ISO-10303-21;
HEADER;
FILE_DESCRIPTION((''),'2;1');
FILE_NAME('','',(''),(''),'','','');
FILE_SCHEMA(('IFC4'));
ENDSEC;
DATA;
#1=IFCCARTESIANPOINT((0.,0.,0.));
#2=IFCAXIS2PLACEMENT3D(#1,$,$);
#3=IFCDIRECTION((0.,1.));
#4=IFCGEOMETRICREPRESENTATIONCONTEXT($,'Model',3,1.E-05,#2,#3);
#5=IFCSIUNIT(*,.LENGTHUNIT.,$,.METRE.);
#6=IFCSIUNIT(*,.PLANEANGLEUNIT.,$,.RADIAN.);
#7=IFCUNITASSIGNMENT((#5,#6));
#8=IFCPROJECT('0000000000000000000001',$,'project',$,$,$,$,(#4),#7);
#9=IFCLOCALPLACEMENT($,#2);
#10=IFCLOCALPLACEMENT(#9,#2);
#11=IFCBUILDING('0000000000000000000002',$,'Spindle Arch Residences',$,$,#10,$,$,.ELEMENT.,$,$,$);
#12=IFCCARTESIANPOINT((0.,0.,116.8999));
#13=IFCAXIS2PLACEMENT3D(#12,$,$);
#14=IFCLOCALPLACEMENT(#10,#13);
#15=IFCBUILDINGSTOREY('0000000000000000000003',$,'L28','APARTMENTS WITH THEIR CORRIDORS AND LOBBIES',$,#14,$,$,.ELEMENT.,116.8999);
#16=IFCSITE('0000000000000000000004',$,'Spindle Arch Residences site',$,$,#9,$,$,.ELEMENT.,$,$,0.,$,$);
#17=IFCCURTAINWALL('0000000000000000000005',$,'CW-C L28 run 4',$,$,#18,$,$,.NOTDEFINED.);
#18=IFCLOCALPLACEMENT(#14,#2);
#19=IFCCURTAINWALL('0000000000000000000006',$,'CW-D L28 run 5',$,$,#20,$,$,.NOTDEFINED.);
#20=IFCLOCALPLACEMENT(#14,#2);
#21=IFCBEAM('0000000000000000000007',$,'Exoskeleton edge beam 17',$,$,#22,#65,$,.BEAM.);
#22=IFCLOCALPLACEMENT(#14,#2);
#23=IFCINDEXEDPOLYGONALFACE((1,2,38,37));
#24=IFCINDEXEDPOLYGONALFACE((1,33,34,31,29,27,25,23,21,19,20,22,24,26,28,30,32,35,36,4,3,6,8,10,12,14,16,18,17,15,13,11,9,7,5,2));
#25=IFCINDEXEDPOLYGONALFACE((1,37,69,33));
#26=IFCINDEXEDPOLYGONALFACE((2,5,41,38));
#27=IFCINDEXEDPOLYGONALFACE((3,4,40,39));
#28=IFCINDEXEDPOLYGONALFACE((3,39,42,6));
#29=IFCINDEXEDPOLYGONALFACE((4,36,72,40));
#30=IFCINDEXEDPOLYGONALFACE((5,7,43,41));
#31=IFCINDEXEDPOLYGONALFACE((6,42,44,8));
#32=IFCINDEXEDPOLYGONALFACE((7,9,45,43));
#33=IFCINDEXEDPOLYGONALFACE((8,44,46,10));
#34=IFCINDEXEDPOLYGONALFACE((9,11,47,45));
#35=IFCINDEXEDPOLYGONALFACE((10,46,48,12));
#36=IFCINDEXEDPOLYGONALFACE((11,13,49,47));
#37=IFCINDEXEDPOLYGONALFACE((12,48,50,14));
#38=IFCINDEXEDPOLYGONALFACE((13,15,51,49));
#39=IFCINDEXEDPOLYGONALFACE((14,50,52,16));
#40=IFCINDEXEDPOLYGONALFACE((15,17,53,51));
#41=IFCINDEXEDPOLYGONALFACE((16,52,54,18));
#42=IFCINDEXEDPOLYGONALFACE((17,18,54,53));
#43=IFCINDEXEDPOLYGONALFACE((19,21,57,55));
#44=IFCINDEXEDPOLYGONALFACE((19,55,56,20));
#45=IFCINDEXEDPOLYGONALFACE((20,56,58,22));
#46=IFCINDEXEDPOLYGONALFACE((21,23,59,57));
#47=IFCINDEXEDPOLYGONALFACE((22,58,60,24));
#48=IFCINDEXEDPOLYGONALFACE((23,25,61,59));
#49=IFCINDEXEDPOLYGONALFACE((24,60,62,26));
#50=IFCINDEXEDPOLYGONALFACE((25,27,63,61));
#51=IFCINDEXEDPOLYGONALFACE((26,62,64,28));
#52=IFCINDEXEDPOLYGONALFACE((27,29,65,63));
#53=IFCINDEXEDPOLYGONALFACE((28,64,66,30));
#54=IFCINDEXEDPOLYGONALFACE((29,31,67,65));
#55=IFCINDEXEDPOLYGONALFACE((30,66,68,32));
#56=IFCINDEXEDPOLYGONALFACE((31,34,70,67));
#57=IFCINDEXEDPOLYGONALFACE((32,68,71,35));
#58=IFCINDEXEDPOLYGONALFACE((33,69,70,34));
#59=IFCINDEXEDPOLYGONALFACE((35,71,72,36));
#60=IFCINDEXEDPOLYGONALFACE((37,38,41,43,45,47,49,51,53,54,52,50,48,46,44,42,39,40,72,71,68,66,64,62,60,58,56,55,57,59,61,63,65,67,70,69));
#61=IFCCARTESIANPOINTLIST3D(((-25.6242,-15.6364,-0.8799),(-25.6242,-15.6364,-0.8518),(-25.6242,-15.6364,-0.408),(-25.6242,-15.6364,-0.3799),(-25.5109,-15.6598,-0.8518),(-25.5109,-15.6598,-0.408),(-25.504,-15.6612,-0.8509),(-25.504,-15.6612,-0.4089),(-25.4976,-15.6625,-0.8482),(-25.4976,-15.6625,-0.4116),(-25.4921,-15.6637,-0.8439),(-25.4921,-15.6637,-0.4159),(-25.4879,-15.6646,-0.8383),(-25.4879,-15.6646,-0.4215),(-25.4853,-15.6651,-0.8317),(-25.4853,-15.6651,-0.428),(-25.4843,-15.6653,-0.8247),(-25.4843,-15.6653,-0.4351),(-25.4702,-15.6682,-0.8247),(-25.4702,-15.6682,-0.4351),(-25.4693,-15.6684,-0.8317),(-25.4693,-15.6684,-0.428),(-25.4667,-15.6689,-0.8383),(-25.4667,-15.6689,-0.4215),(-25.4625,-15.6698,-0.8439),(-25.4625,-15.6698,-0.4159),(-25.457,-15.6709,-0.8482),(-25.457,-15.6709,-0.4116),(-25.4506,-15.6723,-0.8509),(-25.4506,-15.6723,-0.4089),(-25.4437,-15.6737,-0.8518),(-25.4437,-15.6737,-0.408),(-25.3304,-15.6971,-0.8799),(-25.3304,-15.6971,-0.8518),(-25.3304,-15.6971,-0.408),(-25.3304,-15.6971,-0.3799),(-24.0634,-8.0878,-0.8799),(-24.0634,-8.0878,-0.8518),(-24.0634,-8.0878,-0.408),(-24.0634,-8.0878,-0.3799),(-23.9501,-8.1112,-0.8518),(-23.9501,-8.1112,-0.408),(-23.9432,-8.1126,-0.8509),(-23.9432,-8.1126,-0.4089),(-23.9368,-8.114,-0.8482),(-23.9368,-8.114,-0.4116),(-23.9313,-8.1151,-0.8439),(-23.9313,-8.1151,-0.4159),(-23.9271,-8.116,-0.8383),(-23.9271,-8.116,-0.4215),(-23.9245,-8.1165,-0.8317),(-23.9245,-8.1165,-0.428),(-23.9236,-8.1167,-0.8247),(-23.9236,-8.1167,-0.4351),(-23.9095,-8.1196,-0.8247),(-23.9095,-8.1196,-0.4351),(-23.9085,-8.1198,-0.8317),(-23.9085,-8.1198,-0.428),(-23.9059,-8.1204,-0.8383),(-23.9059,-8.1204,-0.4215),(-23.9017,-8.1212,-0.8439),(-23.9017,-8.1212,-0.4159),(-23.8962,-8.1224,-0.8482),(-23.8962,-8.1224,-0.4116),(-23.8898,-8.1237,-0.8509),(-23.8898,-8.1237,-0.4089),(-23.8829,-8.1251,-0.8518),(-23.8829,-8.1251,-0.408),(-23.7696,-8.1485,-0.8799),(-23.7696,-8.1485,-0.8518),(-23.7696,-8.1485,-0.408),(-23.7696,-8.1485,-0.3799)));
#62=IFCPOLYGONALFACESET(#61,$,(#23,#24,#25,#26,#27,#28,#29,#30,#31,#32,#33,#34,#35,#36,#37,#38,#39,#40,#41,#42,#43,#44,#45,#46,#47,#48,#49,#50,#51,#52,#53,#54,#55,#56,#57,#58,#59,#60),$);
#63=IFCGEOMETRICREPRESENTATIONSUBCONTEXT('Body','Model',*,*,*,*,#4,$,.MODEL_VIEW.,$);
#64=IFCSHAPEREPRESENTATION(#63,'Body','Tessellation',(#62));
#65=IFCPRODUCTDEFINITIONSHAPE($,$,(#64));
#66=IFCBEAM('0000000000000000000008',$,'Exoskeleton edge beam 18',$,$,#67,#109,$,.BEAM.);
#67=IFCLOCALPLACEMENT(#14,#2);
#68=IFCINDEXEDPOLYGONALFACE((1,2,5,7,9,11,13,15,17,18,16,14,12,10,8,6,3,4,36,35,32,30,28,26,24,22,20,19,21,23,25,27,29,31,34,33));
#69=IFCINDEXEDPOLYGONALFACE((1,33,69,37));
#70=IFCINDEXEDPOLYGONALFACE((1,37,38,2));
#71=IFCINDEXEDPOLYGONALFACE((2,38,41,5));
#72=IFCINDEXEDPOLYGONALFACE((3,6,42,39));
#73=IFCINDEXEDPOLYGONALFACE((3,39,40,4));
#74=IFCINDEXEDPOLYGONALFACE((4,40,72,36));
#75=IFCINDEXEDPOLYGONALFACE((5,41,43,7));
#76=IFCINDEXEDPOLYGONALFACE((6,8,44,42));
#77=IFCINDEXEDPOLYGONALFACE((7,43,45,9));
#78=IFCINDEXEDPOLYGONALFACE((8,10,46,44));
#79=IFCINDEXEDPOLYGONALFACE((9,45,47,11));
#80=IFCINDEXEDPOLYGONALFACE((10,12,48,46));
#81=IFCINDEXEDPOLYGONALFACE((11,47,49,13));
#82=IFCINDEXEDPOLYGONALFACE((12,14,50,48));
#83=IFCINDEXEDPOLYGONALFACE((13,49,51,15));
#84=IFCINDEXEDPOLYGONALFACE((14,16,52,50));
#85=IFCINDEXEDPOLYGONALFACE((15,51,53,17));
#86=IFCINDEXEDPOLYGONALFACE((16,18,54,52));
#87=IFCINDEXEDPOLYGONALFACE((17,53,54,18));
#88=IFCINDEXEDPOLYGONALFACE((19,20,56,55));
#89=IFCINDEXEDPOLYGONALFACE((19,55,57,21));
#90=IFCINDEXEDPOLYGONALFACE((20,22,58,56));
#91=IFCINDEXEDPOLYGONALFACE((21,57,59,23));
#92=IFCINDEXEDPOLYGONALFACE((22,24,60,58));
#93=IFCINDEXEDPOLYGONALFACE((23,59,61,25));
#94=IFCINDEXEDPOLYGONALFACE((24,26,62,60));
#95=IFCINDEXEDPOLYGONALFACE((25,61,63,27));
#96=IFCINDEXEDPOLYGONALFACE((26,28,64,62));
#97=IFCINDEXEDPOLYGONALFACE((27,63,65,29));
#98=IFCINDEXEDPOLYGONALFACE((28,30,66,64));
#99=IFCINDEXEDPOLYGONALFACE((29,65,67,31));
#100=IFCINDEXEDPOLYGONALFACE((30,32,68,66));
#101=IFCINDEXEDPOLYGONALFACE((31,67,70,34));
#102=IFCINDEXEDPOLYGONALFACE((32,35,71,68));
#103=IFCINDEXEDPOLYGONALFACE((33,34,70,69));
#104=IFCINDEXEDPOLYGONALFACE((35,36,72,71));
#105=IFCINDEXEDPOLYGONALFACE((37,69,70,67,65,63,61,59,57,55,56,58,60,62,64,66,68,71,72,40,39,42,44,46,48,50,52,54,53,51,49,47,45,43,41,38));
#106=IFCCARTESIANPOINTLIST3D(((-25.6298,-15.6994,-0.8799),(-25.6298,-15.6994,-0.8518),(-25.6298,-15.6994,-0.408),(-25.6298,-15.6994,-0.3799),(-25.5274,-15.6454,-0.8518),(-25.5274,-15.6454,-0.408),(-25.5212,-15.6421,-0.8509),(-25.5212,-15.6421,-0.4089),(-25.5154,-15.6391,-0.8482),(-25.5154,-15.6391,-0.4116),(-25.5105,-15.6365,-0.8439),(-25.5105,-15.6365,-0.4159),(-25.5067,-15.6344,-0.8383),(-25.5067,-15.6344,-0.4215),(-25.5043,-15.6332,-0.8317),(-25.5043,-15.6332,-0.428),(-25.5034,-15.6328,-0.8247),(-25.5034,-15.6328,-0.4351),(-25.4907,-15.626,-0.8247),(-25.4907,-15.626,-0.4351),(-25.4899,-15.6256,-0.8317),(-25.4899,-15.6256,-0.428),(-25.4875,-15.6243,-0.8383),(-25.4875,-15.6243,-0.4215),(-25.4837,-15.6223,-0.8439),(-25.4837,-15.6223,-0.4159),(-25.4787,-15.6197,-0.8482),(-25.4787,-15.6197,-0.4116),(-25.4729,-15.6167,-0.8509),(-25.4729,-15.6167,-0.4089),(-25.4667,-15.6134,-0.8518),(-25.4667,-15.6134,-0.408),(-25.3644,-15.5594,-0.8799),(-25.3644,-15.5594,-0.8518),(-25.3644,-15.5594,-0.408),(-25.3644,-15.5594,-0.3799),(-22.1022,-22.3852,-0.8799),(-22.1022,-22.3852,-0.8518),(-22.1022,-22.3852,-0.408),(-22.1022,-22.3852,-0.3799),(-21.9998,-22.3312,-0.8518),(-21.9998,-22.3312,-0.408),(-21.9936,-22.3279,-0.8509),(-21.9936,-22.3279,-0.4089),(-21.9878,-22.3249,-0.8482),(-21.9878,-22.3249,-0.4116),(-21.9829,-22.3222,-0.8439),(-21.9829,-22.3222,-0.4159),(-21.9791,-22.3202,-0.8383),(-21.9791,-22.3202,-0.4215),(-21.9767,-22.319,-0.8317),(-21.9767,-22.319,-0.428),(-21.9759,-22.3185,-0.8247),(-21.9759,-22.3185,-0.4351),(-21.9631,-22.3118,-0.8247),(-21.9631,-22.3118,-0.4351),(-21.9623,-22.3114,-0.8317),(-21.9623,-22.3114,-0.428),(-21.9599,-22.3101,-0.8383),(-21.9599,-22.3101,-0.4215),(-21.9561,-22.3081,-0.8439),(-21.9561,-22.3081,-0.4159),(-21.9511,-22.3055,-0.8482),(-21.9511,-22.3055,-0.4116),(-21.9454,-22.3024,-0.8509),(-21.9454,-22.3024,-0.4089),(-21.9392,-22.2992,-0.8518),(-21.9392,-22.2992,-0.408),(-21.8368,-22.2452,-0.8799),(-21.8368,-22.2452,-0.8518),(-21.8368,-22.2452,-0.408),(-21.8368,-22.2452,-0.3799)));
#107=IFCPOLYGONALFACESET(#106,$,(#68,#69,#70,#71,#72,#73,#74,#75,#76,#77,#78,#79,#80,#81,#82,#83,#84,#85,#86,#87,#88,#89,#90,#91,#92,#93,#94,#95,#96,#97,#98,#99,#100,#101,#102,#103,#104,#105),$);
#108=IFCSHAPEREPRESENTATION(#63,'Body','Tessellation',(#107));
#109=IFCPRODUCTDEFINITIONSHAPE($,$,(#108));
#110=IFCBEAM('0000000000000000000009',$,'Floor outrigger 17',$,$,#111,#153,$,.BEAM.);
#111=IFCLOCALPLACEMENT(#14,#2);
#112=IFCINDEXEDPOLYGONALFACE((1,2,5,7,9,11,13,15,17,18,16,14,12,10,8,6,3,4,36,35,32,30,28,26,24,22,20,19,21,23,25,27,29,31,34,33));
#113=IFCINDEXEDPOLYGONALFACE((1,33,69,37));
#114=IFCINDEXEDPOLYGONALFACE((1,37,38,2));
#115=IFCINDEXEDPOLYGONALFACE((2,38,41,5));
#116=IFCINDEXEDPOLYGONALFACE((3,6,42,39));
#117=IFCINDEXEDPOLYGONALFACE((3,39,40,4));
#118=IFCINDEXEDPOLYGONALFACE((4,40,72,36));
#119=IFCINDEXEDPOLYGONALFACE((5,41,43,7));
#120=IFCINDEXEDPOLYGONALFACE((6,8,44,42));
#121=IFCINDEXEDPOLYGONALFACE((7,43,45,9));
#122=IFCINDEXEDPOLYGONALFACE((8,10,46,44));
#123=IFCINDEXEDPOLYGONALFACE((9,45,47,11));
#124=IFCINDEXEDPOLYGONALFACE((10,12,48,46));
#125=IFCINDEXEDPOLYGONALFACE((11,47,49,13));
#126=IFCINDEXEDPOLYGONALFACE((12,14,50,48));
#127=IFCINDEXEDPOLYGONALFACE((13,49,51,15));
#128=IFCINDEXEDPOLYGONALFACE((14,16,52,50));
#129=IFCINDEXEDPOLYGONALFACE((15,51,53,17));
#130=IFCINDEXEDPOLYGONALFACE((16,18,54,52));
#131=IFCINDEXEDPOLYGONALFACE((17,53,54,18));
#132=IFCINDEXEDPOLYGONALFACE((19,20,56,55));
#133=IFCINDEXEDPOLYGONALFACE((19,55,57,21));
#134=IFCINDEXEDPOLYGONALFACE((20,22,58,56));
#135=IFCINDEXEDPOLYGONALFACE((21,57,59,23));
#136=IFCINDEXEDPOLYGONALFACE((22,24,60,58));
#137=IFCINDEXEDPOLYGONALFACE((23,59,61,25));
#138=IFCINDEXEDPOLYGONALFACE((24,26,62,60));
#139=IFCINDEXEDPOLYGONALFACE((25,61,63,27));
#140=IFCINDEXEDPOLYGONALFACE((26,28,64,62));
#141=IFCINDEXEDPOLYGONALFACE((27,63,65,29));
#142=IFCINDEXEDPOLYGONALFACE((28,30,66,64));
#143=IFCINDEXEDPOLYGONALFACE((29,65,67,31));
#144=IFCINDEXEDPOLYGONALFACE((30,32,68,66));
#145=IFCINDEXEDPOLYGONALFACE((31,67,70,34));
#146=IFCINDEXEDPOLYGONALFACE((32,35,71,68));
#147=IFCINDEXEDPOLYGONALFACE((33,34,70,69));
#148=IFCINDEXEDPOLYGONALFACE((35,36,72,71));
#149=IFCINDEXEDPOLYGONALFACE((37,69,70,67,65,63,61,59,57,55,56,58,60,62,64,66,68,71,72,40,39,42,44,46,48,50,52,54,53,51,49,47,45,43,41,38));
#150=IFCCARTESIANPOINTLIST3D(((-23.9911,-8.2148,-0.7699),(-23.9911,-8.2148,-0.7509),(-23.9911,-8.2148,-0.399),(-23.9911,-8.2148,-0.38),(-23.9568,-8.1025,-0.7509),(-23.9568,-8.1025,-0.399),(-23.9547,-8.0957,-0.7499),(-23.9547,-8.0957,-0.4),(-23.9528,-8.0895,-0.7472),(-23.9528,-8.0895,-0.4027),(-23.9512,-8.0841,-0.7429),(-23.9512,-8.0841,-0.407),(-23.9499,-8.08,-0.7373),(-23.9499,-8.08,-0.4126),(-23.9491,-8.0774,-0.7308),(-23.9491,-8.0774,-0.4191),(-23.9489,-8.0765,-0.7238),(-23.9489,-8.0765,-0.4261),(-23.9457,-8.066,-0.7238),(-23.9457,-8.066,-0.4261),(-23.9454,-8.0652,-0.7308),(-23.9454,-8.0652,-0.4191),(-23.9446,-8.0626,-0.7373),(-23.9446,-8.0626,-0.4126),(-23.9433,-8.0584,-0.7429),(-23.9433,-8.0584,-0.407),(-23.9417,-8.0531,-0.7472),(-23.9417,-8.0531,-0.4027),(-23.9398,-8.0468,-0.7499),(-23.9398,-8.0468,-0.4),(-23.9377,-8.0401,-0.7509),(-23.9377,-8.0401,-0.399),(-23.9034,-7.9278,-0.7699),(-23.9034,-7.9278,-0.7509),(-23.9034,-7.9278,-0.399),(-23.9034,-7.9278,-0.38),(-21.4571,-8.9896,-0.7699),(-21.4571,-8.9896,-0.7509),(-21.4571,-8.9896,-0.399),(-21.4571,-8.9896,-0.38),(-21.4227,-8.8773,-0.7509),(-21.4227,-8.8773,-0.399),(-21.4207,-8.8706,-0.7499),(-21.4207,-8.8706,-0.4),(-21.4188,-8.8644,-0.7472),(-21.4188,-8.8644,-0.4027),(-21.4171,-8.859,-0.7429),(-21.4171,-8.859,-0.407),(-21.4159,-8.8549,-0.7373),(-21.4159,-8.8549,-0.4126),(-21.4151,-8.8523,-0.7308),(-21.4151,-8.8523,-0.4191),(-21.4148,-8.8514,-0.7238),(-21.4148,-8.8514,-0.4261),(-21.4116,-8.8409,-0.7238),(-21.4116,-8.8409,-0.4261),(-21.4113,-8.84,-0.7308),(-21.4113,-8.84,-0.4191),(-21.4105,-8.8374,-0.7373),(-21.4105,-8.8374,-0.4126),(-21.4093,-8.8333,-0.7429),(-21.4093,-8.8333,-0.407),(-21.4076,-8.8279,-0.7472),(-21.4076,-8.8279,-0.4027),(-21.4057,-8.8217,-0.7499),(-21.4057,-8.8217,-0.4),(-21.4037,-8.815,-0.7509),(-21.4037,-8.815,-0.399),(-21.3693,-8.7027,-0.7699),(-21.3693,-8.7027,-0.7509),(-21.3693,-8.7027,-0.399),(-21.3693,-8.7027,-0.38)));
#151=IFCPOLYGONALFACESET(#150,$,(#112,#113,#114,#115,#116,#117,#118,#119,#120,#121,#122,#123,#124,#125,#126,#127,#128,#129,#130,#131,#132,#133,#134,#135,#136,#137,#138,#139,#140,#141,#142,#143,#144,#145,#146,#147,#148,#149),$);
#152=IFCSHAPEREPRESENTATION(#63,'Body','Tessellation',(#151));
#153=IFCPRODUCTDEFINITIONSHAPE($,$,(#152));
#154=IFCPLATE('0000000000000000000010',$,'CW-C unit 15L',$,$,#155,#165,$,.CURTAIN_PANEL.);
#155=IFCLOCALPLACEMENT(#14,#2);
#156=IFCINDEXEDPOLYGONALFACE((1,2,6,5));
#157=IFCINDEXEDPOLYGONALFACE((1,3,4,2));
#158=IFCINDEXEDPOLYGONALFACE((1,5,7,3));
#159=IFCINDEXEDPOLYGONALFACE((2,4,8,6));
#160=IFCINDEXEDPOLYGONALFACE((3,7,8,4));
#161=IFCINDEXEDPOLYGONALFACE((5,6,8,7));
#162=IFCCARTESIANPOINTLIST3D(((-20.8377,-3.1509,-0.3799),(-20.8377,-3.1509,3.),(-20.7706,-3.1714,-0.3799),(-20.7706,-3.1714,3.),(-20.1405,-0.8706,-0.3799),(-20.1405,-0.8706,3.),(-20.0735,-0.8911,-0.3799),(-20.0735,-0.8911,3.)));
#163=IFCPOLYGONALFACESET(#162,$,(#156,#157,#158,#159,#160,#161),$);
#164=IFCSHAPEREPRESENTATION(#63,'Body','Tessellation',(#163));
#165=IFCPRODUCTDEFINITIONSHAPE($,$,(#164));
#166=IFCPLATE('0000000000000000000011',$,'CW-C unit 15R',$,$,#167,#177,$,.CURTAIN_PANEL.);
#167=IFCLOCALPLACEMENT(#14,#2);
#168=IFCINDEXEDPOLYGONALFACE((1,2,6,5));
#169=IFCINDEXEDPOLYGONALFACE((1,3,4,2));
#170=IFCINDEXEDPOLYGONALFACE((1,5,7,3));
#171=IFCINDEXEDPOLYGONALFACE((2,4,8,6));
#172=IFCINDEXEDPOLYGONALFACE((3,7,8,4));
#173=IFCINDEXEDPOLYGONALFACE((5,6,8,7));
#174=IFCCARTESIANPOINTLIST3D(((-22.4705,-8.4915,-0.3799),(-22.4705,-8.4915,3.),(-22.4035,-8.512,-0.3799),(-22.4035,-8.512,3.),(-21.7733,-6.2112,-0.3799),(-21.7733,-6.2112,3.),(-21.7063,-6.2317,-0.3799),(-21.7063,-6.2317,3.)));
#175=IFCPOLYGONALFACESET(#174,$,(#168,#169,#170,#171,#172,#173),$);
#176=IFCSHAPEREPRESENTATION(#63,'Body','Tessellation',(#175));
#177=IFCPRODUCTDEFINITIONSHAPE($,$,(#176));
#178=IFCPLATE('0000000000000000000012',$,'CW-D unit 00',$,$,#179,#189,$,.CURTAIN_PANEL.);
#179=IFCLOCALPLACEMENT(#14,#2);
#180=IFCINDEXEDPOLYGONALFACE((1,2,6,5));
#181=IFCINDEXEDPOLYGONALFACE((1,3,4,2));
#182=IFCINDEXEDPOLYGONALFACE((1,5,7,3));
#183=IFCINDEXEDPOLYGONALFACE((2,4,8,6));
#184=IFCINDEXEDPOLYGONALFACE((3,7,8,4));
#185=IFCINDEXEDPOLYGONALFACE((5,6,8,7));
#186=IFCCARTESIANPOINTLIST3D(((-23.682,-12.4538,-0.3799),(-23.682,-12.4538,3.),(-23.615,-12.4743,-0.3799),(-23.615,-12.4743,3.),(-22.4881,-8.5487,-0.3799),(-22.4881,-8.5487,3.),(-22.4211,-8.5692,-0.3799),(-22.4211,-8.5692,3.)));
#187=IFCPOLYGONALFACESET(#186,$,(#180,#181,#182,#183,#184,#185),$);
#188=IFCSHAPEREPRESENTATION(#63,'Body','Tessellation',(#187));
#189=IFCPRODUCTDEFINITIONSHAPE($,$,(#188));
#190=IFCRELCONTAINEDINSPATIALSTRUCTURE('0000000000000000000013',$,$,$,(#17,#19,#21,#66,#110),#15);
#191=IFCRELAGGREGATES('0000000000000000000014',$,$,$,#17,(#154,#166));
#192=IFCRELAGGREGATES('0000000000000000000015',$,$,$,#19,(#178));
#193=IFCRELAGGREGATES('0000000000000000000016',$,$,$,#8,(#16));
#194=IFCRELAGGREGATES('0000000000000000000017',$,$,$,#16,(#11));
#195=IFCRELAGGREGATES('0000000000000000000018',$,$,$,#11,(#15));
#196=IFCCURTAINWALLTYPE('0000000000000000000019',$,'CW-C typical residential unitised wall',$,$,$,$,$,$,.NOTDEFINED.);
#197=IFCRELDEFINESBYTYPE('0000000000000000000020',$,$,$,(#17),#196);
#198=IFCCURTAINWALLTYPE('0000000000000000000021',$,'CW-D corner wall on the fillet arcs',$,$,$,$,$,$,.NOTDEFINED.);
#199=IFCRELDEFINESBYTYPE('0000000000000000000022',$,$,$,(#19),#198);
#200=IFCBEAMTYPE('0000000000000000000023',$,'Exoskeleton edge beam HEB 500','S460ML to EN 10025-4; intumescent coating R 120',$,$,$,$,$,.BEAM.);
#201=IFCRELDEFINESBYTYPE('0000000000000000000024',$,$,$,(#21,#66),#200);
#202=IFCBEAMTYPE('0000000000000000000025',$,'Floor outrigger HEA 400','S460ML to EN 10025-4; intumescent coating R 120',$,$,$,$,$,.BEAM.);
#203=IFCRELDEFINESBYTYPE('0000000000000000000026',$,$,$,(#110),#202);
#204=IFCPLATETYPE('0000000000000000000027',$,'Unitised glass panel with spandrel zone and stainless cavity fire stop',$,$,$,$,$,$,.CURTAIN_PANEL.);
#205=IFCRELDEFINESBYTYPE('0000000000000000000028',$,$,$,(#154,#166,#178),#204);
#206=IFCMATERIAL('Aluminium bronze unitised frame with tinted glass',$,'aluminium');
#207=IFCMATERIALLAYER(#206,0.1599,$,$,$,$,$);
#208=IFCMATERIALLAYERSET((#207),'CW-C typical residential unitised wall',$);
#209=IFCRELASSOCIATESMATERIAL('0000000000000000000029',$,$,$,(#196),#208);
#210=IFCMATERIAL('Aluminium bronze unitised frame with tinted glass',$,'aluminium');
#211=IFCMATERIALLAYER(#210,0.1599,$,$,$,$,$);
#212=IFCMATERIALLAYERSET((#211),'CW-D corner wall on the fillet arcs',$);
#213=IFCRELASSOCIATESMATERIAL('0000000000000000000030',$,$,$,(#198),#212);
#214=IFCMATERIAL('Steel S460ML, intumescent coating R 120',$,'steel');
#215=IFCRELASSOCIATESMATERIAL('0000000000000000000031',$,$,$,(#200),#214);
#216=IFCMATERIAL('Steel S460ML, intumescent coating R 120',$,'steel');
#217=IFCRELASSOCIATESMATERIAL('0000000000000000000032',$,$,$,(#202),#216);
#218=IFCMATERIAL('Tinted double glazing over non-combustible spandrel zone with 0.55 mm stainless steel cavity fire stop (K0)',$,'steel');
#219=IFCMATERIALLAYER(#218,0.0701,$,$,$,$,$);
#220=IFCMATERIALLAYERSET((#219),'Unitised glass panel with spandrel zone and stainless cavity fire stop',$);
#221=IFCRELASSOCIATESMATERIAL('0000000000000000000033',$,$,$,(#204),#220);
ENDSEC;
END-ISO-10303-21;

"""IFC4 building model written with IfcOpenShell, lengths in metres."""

from ifc_helpers import new_model, si_unit, direction, frame, origin, origin_2d, place, context, subcontext, project, spatial, rectangle, i_section, extrude, material, layer, layer_set, material_profile, profile_set, type_object, element, aggregate, save


model = new_model("IFC4")

# Units and contexts
model_context = context("Model", 3, precision=1e-05, world=origin(), true_north=direction((0.0, 1.0)))
body_context = subcontext(model_context, "Body", "Model", "MODEL_VIEW")
ifc_project = project(units=[si_unit("LENGTHUNIT", "METRE"), si_unit("PLANEANGLEUNIT", "RADIAN")], contexts=[model_context])

# Site, building, storey
site_placement = place(None, origin())
site = spatial("IfcSite", under=ifc_project, at=site_placement, Name="Spindle Arch Residences site", CompositionType="ELEMENT", RefElevation=0.0)
building_placement = place(site_placement, origin())
building = spatial("IfcBuilding", under=site, at=building_placement, Name="Spindle Arch Residences", CompositionType="ELEMENT")
storey_placement = place(building_placement, frame((0.0, 0.0, 116.8999)))
storey = spatial("IfcBuildingStorey", under=building, at=storey_placement, Name="L28", Description="APARTMENTS WITH THEIR CORRIDORS AND LOBBIES", CompositionType="ELEMENT", Elevation=116.8999)

# Curtain wall
ifc_material_1 = material(Name="Aluminium bronze unitised frame with tinted glass", Category="aluminium")
ifc_layer_1 = layer(ifc_material_1, 0.1599)
ifc_layer_set_1 = layer_set([ifc_layer_1], Name="CW-C typical residential unitised wall")
curtain_wall_type_1 = type_object("IfcCurtainWallType", Name="CW-C typical residential unitised wall", PredefinedType="NOTDEFINED", material=ifc_layer_set_1)
curtain_wall_1_placement = place(storey_placement, origin())
curtain_wall_1 = element("IfcCurtainWall", 1, at=curtain_wall_1_placement, inside=storey, type_object=curtain_wall_type_1, Name="CW-C L28 run 4", PredefinedType="NOTDEFINED")

# Curtain wall
ifc_material_2 = material(Name="Aluminium bronze unitised frame with tinted glass", Category="aluminium")
ifc_layer_2 = layer(ifc_material_2, 0.1599)
ifc_layer_set_2 = layer_set([ifc_layer_2], Name="CW-D corner wall on the fillet arcs")
curtain_wall_type_2 = type_object("IfcCurtainWallType", Name="CW-D corner wall on the fillet arcs", PredefinedType="NOTDEFINED", material=ifc_layer_set_2)
curtain_wall_2_placement = place(storey_placement, origin())
curtain_wall_2 = element("IfcCurtainWall", 2, at=curtain_wall_2_placement, inside=storey, type_object=curtain_wall_type_2, Name="CW-D L28 run 5", PredefinedType="NOTDEFINED")

# Beams
ifc_material_3 = material(Name="Steel S460ML, intumescent coating R 120", Category="steel")
ifc_material_profile_1 = material_profile(ifc_material_3, i_section(OverallWidth=0.3, OverallDepth=0.5, WebThickness=0.0144, FlangeThickness=0.0281, FilletRadius=0.0271, at=origin_2d()), Name="HEB 500")
ifc_profile_set_1 = profile_set([ifc_material_profile_1], Name="Steel S460ML, intumescent coating R 120")
beam_type_1 = type_object("IfcBeamType", Name="Exoskeleton edge beam HEB 500", Description="S460ML to EN 10025-4; intumescent coating R 120", PredefinedType="BEAM", material=ifc_profile_set_1)
beam_1_placement = place(storey_placement, frame((-23.9165, -8.1182, -0.6299), z_axis=(-0.202483, -0.979286, 0.0), x_axis=(0.979286, -0.202483, 0.0)))
element("IfcBeam", 3, at=beam_1_placement, inside=storey, type_object=beam_type_1, Name="Exoskeleton edge beam 17", PredefinedType="BEAM", context=body_context, shape_type="SweptSolid", body=[
    extrude(i_section(OverallWidth=0.3, OverallDepth=0.5, WebThickness=0.0144, FlangeThickness=0.0281, FilletRadius=0.0271, at=origin_2d()), origin(), (0.0, 0.0, 1.0), 7.7083),
])
beam_2_placement = place(storey_placement, frame((-25.4971, -15.6294, -0.6299), z_axis=(0.466653, -0.884441, 0.0), x_axis=(0.884441, 0.466653, 0.0)))
element("IfcBeam", 4, at=beam_2_placement, inside=storey, type_object=beam_type_1, Name="Exoskeleton edge beam 18", PredefinedType="BEAM", context=body_context, shape_type="SweptSolid", body=[
    extrude(i_section(OverallWidth=0.3, OverallDepth=0.5, WebThickness=0.0144, FlangeThickness=0.0281, FilletRadius=0.0271, at=origin_2d()), origin(), (0.0, 0.0, 1.0), 7.5593),
])
ifc_material_4 = material(Name="Steel S460ML, intumescent coating R 120", Category="steel")
ifc_material_profile_2 = material_profile(ifc_material_4, i_section(OverallWidth=0.3, OverallDepth=0.3899, WebThickness=0.011, FlangeThickness=0.019, FilletRadius=0.0271, at=origin_2d()), Name="HEA 400")
ifc_profile_set_2 = profile_set([ifc_material_profile_2], Name="Steel S460ML, intumescent coating R 120")
beam_type_2 = type_object("IfcBeamType", Name="Floor outrigger HEA 400", Description="S460ML to EN 10025-4; intumescent coating R 120", PredefinedType="BEAM", material=ifc_profile_set_2)
beam_3_placement = place(storey_placement, frame((-23.9473, -8.0713, -0.575), z_axis=(0.956291, -0.292415, 0.0), x_axis=(0.292415, 0.956291, 0.0)))
element("IfcBeam", 5, at=beam_3_placement, inside=storey, type_object=beam_type_2, Name="Floor outrigger 17", PredefinedType="BEAM", context=body_context, shape_type="SweptSolid", body=[
    extrude(i_section(OverallWidth=0.3, OverallDepth=0.3899, WebThickness=0.011, FlangeThickness=0.019, FilletRadius=0.0271, at=origin_2d()), origin(), (0.0, 0.0, 1.0), 2.6499),
])

# Plates
ifc_material_5 = material(Name="Tinted double glazing over non-combustible spandrel zone with 0.55 mm stainless steel cavity fire stop (K0)", Category="steel")
ifc_layer_3 = layer(ifc_material_5, 0.0701)
ifc_layer_set_3 = layer_set([ifc_layer_3], Name="Unitised glass panel with spandrel zone and stainless cavity fire stop")
plate_type = type_object("IfcPlateType", Name="Unitised glass panel with spandrel zone and stainless cavity fire stop", PredefinedType="CURTAIN_PANEL", material=ifc_layer_set_3)
plate_1_placement = place(storey_placement, frame((-20.4556, -2.021, -0.3799), z_axis=(0.0, 0.0, 1.0), x_axis=(-0.292372, -0.956305, 0.0)))
plate_1 = element("IfcPlate", 6, at=plate_1_placement, type_object=plate_type, Name="CW-C unit 15L", PredefinedType="CURTAIN_PANEL", context=body_context, shape_type="SweptSolid", body=[
    extrude(rectangle(XDim=2.3845, YDim=0.0701, at=origin_2d()), origin(), (0.0, 0.0, 1.0), 3.3799),
])
plate_2_placement = place(storey_placement, frame((-22.0884, -7.3616, -0.3799), z_axis=(0.0, 0.0, 1.0), x_axis=(-0.292372, -0.956305, 0.0)))
plate_2 = element("IfcPlate", 7, at=plate_2_placement, type_object=plate_type, Name="CW-C unit 15R", PredefinedType="CURTAIN_PANEL", context=body_context, shape_type="SweptSolid", body=[
    extrude(rectangle(XDim=2.3845, YDim=0.0701, at=origin_2d()), origin(), (0.0, 0.0, 1.0), 3.3799),
])
aggregate(curtain_wall_1, [plate_1, plate_2])
plate_3_placement = place(storey_placement, frame((-23.0515, -10.5115, -0.3799), z_axis=(0.0, 0.0, 1.0), x_axis=(-0.292372, -0.956305, 0.0)))
plate_3 = element("IfcPlate", 8, at=plate_3_placement, type_object=plate_type, Name="CW-D unit 00", PredefinedType="CURTAIN_PANEL", context=body_context, shape_type="SweptSolid", body=[
    extrude(rectangle(XDim=4.0835, YDim=0.0701, at=origin_2d()), origin(), (0.0, 0.0, 1.0), 3.3799),
])
aggregate(curtain_wall_2, [plate_3])

save(model, "model.ifc")
